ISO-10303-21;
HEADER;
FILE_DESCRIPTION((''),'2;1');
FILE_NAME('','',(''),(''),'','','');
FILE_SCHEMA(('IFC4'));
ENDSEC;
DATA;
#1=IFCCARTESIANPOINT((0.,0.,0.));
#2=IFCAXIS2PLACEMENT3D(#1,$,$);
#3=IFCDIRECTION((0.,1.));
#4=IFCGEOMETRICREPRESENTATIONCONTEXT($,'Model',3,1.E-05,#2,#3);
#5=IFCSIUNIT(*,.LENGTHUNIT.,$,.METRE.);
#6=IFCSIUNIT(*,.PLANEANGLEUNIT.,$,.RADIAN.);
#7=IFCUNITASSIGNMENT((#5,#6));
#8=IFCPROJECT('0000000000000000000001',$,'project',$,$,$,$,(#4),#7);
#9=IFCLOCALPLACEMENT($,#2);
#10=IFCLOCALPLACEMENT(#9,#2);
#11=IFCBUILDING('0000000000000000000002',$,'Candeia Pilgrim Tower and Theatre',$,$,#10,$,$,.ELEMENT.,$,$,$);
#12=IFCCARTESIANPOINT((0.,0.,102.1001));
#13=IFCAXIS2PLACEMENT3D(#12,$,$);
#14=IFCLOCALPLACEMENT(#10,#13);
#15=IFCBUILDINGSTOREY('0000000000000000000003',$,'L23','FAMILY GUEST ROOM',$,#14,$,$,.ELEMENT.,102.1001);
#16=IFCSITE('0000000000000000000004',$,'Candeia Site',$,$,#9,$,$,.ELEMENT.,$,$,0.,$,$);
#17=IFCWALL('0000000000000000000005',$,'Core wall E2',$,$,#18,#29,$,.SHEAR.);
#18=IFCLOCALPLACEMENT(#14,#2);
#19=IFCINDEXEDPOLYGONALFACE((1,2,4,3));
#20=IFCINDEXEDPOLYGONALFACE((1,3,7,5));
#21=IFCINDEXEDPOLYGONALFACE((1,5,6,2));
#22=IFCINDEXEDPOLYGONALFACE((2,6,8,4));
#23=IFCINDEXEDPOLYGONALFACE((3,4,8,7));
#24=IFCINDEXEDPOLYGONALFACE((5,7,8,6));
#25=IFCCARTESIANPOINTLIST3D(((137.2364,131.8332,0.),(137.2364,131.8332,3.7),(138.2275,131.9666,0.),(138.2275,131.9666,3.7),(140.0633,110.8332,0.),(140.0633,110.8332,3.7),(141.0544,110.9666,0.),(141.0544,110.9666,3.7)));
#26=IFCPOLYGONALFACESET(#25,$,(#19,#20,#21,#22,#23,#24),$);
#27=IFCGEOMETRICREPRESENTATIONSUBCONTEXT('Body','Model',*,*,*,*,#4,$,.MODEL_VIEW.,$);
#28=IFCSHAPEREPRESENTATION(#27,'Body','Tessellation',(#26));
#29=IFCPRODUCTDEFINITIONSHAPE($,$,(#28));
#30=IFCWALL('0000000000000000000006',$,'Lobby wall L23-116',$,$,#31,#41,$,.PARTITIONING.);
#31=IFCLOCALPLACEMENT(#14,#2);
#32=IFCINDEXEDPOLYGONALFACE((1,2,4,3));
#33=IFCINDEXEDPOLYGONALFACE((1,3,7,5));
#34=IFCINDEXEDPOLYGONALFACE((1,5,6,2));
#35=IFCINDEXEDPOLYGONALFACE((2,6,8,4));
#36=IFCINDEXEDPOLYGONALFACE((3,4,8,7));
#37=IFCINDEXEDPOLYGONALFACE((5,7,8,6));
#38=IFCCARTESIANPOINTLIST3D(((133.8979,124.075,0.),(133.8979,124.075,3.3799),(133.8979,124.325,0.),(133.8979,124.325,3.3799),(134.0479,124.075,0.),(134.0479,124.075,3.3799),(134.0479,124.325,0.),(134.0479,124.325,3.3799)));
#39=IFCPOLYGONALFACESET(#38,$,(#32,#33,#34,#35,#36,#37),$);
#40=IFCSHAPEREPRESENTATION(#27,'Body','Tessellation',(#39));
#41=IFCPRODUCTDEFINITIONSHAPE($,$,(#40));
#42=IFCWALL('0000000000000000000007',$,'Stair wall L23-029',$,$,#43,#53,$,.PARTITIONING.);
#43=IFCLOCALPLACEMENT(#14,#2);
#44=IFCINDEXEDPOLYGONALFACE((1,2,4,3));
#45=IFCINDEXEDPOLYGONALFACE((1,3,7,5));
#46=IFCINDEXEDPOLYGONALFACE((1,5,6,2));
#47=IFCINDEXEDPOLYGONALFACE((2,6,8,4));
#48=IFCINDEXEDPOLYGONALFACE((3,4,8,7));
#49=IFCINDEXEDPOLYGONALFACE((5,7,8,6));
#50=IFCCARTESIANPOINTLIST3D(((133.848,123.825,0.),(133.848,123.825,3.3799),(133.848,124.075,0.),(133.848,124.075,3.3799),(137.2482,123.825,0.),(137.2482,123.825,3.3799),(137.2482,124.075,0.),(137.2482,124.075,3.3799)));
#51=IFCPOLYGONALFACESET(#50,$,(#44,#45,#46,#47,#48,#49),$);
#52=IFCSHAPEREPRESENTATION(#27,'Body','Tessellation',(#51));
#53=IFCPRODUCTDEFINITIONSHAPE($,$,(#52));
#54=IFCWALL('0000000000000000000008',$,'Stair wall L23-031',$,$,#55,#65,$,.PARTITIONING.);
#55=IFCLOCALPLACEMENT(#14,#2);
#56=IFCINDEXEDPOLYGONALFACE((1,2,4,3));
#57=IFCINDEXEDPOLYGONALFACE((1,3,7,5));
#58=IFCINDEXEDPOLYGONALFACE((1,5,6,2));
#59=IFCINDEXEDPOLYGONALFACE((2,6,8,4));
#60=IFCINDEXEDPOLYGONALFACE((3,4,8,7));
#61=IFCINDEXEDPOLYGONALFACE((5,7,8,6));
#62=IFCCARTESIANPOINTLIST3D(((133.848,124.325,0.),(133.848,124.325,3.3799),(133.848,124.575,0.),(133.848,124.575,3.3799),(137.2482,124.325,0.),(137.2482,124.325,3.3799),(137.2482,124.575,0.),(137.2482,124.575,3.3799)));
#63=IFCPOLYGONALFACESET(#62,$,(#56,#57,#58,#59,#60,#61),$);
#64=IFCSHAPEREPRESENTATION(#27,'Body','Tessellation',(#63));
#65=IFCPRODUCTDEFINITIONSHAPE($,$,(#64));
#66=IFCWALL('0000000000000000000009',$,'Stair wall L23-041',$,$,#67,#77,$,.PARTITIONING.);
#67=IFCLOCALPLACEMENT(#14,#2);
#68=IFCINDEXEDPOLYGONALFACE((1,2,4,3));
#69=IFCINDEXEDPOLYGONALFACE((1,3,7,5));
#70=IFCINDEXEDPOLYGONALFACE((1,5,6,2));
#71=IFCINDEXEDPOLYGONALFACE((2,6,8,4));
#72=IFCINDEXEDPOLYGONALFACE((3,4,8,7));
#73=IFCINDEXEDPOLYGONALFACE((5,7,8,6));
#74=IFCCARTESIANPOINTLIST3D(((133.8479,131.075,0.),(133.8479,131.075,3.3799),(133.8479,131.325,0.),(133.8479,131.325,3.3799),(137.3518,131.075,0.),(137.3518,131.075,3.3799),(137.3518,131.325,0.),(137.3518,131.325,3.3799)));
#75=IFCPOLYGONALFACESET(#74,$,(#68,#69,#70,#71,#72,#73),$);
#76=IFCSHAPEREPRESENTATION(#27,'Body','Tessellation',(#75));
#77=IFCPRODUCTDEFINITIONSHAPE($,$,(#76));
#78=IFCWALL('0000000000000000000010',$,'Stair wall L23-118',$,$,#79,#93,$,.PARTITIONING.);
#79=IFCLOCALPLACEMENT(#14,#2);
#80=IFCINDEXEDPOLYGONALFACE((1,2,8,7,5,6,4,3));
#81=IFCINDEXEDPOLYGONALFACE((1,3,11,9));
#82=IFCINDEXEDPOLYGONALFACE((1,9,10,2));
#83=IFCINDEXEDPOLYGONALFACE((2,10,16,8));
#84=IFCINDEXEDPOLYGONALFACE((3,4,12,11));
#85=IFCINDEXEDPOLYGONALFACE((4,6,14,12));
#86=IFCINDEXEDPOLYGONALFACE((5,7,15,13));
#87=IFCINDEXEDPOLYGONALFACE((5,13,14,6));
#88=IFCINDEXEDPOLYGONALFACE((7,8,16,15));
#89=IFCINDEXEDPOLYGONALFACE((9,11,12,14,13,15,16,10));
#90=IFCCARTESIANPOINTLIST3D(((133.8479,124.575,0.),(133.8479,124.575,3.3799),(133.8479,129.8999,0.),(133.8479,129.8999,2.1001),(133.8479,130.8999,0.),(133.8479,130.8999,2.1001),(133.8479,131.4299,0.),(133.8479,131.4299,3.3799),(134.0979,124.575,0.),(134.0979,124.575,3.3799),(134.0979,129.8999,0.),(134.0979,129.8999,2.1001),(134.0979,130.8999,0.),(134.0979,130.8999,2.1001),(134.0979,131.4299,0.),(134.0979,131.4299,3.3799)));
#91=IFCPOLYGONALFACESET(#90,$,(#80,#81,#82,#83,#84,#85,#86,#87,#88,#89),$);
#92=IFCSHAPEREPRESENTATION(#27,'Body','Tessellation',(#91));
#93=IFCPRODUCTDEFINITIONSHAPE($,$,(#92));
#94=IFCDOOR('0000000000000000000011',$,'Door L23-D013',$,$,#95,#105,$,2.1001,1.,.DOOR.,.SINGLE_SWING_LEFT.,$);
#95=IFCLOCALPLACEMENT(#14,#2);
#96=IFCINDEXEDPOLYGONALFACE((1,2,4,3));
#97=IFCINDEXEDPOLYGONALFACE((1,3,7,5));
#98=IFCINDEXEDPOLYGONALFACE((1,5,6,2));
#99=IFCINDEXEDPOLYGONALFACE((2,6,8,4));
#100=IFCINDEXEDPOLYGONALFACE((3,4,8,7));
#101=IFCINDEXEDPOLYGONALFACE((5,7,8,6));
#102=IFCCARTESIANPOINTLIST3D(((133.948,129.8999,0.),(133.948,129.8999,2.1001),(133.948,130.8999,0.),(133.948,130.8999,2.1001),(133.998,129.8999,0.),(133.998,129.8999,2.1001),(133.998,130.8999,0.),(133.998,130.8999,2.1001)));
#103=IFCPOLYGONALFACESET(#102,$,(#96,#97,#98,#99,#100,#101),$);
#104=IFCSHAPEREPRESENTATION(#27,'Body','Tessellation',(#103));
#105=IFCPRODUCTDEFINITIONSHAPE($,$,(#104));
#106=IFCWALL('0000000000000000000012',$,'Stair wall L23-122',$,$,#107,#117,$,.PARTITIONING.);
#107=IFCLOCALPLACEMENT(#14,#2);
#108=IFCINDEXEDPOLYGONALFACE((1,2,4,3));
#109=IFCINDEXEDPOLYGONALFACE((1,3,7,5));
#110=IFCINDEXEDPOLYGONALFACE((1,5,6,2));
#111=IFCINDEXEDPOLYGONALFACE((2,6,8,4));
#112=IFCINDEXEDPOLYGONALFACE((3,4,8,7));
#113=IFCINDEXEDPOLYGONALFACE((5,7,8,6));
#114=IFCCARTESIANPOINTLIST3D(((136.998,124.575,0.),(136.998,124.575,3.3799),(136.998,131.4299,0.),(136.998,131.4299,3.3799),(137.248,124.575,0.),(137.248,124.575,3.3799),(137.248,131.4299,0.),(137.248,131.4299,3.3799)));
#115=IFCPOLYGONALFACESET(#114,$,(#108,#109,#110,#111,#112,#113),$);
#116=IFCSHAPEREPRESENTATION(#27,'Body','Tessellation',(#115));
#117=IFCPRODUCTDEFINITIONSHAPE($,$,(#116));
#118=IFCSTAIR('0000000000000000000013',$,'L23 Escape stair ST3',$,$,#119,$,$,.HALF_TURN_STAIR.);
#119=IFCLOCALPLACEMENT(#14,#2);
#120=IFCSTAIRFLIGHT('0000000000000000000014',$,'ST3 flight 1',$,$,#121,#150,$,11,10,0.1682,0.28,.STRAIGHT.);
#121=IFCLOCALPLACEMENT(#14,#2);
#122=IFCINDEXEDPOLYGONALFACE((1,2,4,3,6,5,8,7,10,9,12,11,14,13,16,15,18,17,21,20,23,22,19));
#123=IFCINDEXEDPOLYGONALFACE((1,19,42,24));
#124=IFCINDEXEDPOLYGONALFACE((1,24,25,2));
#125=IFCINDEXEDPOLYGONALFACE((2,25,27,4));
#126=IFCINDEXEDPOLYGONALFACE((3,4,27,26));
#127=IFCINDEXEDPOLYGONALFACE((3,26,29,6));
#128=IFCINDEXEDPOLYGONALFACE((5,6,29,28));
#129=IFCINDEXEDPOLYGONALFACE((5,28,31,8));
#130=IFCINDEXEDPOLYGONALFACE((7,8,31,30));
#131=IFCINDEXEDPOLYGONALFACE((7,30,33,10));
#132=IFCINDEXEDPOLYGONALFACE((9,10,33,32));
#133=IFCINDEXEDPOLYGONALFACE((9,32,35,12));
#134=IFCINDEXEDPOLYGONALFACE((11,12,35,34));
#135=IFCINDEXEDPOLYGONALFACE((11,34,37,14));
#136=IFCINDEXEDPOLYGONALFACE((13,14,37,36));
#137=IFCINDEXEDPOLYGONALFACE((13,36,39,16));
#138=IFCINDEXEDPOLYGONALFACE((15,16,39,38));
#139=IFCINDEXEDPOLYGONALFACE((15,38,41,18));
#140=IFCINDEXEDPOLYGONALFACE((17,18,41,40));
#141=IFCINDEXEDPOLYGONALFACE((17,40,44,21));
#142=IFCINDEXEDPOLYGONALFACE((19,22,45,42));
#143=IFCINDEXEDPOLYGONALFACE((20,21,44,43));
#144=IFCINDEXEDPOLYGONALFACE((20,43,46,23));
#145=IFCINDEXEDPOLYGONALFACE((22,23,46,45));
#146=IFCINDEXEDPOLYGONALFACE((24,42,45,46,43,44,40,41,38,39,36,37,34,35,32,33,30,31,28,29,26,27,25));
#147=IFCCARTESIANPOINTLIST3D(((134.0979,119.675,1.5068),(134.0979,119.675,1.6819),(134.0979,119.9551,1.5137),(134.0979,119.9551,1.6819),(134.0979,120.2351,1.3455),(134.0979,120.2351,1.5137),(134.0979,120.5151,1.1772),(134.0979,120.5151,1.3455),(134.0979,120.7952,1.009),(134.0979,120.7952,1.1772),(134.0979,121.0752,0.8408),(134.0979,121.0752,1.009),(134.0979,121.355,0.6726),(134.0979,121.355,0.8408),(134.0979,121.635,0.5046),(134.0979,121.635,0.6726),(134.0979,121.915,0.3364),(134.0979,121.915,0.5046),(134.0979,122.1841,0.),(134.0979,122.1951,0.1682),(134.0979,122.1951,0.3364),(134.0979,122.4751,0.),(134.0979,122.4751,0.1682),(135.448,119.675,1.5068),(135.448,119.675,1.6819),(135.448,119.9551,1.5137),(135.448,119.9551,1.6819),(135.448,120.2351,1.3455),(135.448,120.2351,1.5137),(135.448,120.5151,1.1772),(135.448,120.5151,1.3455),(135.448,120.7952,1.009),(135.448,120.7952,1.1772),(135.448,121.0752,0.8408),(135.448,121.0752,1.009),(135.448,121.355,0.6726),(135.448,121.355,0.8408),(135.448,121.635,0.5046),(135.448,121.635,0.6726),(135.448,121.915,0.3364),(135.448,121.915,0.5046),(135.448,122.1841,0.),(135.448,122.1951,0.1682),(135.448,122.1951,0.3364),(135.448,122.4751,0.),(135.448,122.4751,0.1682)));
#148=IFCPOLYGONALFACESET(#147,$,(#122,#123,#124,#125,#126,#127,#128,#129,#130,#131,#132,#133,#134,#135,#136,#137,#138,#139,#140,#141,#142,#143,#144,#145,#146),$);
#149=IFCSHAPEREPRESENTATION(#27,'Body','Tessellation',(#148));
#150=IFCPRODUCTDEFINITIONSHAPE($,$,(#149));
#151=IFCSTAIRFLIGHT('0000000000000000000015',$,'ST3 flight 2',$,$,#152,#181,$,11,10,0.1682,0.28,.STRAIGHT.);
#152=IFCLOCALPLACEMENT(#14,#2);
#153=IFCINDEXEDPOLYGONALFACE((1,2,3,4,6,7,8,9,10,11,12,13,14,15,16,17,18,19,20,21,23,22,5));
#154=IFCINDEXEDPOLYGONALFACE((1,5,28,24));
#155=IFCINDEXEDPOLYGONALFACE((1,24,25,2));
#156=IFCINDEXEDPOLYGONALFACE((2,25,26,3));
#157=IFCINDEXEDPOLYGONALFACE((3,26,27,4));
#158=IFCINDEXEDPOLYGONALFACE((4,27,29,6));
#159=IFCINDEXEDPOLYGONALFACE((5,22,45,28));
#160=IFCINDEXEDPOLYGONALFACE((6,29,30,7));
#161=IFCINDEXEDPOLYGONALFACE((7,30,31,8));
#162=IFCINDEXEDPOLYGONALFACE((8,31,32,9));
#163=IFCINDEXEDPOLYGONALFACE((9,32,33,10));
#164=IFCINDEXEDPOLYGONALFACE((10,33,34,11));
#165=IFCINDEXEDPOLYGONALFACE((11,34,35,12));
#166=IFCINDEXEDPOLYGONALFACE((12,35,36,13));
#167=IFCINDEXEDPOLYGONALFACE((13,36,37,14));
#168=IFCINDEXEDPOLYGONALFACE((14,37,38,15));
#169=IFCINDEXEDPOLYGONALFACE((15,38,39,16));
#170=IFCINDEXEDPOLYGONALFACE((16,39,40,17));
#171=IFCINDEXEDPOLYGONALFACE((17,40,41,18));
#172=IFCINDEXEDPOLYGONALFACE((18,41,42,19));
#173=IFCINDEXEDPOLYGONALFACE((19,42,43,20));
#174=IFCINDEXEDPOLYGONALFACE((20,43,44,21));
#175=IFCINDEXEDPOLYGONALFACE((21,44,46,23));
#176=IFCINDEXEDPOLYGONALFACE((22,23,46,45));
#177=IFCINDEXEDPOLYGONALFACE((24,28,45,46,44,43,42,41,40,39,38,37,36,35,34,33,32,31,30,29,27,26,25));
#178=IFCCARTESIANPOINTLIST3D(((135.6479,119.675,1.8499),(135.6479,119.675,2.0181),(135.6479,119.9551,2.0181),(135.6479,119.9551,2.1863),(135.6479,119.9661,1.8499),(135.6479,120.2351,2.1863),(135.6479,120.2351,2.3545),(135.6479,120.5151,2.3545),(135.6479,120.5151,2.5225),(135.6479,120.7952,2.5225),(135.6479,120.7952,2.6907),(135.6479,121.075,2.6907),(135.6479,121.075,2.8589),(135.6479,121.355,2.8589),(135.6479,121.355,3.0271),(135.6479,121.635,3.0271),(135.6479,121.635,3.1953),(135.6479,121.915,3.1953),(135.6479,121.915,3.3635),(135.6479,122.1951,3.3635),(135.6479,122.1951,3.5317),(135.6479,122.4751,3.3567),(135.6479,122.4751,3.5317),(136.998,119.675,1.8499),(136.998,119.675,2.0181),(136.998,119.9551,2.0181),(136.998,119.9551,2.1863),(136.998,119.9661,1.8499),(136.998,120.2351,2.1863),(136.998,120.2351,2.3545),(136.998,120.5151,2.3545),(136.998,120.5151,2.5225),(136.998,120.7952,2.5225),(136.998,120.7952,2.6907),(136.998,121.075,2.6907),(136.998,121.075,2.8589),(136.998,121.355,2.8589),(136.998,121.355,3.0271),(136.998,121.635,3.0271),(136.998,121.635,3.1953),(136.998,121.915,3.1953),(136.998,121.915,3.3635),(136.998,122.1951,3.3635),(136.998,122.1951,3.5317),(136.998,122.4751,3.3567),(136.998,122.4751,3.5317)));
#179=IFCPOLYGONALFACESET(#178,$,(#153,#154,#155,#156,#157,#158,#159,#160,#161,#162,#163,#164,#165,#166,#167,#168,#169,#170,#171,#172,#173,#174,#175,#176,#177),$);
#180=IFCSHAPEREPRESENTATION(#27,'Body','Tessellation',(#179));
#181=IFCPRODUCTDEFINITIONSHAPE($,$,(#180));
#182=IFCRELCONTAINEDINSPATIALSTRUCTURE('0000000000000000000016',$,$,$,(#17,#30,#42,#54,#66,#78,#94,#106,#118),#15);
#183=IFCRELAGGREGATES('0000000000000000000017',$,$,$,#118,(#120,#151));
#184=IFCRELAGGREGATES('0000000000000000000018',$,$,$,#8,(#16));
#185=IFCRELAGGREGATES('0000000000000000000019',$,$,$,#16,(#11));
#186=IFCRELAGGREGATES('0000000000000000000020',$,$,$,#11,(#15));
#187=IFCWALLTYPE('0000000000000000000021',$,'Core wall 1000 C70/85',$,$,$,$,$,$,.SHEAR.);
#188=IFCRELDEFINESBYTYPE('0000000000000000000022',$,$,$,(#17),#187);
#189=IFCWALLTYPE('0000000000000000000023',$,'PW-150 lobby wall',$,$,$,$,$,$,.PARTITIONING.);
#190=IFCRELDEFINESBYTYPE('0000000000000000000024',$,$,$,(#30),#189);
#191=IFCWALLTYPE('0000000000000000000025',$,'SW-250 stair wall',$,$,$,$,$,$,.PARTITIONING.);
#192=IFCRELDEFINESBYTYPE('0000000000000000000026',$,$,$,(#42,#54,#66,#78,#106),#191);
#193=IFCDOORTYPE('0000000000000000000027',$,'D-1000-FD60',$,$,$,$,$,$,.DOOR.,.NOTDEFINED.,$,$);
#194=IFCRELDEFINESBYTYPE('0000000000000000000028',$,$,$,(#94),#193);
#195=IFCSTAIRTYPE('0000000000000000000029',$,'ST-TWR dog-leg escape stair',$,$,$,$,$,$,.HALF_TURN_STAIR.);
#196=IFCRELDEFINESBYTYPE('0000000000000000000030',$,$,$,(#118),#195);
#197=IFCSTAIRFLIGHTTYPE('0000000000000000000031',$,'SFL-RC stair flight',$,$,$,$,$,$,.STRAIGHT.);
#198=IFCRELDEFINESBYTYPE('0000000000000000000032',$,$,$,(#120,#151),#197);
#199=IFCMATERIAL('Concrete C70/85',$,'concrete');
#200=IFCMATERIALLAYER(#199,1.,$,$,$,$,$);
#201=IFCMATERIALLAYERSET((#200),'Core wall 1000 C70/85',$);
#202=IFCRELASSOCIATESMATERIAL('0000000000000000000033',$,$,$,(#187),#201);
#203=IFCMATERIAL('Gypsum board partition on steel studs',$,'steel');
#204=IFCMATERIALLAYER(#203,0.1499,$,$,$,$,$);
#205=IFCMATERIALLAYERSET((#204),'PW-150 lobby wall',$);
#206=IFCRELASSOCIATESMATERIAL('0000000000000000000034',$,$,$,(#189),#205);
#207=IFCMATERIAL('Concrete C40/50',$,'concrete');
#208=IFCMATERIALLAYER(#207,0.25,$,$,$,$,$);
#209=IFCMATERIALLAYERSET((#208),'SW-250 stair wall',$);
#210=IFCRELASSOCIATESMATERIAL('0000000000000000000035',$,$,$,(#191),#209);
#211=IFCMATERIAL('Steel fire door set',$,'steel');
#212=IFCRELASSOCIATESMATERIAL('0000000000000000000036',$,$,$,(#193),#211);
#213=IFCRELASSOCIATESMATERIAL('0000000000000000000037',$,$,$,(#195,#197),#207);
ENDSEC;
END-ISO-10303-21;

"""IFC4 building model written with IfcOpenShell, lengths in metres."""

from ifc_helpers import new_model, si_unit, direction, frame, frame_2d, origin, place, context, subcontext, project, spatial, polyline, rectangle, outline, extrude, material, layer, layer_set, type_object, element, fill, aggregate, save


model = new_model("IFC4")

# Units and contexts
model_context = context("Model", 3, precision=1e-05, world=origin(), true_north=direction((0.0, 1.0)))
body_context = subcontext(model_context, "Body", "Model", "MODEL_VIEW")
ifc_project = project(units=[si_unit("LENGTHUNIT", "METRE"), si_unit("PLANEANGLEUNIT", "RADIAN")], contexts=[model_context])

# Site, building, storey
site_placement = place(None, origin())
site = spatial("IfcSite", under=ifc_project, at=site_placement, Name="Candeia Site", CompositionType="ELEMENT", RefElevation=0.0)
building_placement = place(site_placement, origin())
building = spatial("IfcBuilding", under=site, at=building_placement, Name="Candeia Pilgrim Tower and Theatre", CompositionType="ELEMENT")
storey_placement = place(building_placement, frame((0.0, 0.0, 102.1001)))
storey = spatial("IfcBuildingStorey", under=building, at=storey_placement, Name="L23", Description="FAMILY GUEST ROOM", CompositionType="ELEMENT", Elevation=102.1001)

# Walls
ifc_material_1 = material(Name="Concrete C70/85", Category="concrete")
ifc_layer_1 = layer(ifc_material_1, 1.0)
ifc_layer_set_1 = layer_set([ifc_layer_1], Name="Core wall 1000 C70/85")
wall_type_1 = type_object("IfcWallType", Name="Core wall 1000 C70/85", PredefinedType="SHEAR", material=ifc_layer_set_1)
wall_1_placement = place(storey_placement, frame((137.7319, 131.8999, 0.0), z_axis=(0.0, 0.0, 1.0), x_axis=(0.133411, -0.991061, 0.0)))
element("IfcWall", 1, at=wall_1_placement, inside=storey, type_object=wall_type_1, Name="Core wall E2", PredefinedType="SHEAR", context=body_context, shape_type="SweptSolid", body=[
    extrude(rectangle(XDim=21.1895, YDim=1.0, at=frame_2d((10.5947, 0.0))), origin(), (0.0, 0.0, 1.0), 3.7),
])
ifc_material_2 = material(Name="Gypsum board partition on steel studs", Category="steel")
ifc_layer_2 = layer(ifc_material_2, 0.1499)
ifc_layer_set_2 = layer_set([ifc_layer_2], Name="PW-150 lobby wall")
wall_type_2 = type_object("IfcWallType", Name="PW-150 lobby wall", PredefinedType="PARTITIONING", material=ifc_layer_set_2)
wall_2_placement = place(storey_placement, frame((133.9729, 124.075, 0.0), z_axis=(0.0, 0.0, 1.0), x_axis=(0.0, 1.0, 0.0)))
element("IfcWall", 2, at=wall_2_placement, inside=storey, type_object=wall_type_2, Name="Lobby wall L23-116", PredefinedType="PARTITIONING", context=body_context, shape_type="SweptSolid", body=[
    extrude(rectangle(XDim=0.25, YDim=0.1499, at=frame_2d((0.125, 0.0))), origin(), (0.0, 0.0, 1.0), 3.3799),
])
ifc_material_3 = material(Name="Concrete C40/50", Category="concrete")
ifc_layer_3 = layer(ifc_material_3, 0.25)
ifc_layer_set_3 = layer_set([ifc_layer_3], Name="SW-250 stair wall")
wall_type_3 = type_object("IfcWallType", Name="SW-250 stair wall", PredefinedType="PARTITIONING", material=ifc_layer_set_3)
for number, where, z_axis, x_axis, name in (
    (3, (133.8479, 123.95, 0.0), (0.0, 0.0, 1.0), (1.0, 0.0, 0.0), "Stair wall L23-029"),
    (4, (133.8479, 124.45, 0.0), (0.0, 0.0, 1.0), (1.0, 0.0, 0.0), "Stair wall L23-031"),
):
    element("IfcWall", number, at=place(storey_placement, frame(where, z_axis=z_axis, x_axis=x_axis)), inside=storey, type_object=wall_type_3, Name=name, PredefinedType="PARTITIONING", context=body_context, shape_type="SweptSolid", body=[
        extrude(rectangle(XDim=3.4001, YDim=0.25, at=frame_2d((1.7002, 0.0))), origin(), (0.0, 0.0, 1.0), 3.3799),
    ])
wall_3_placement = place(storey_placement, frame((133.8479, 131.2, 0.0), z_axis=(0.0, 0.0, 1.0), x_axis=(1.0, 0.0, 0.0)))
element("IfcWall", 5, at=wall_3_placement, inside=storey, type_object=wall_type_3, Name="Stair wall L23-041", PredefinedType="PARTITIONING", context=body_context, shape_type="SweptSolid", body=[
    extrude(rectangle(XDim=3.5039, YDim=0.25, at=frame_2d((1.752, 0.0))), origin(), (0.0, 0.0, 1.0), 3.3799),
])

# Wall, opening, door
wall_4_placement = place(storey_placement, frame((133.9729, 124.575, 0.0), z_axis=(0.0, 0.0, 1.0), x_axis=(0.0, 1.0, 0.0)))
wall_4 = element("IfcWall", 6, at=wall_4_placement, inside=storey, type_object=wall_type_3, Name="Stair wall L23-118", PredefinedType="PARTITIONING", context=body_context, shape_type="SweptSolid", body=[
    extrude(rectangle(XDim=6.855, YDim=0.25, at=frame_2d((3.4275, 0.0))), origin(), (0.0, 0.0, 1.0), 3.3799),
])
opening_placement = place(wall_4_placement, frame((5.325, 0.0, 0.0)))
opening = element("IfcOpeningElement", 7, at=opening_placement, cuts=wall_4, PredefinedType="OPENING", context=body_context, shape_type="SweptSolid", body=[
    extrude(rectangle(XDim=1.0, YDim=2.1001, at=frame_2d((0.5, 1.05))), frame((0.0, 0.135, 0.0), z_axis=(0.0, -1.0, 0.0), x_axis=(1.0, 0.0, 0.0)), (0.0, 0.0, 1.0), 0.27),
])
ifc_material_4 = material(Name="Steel fire door set", Category="steel")
door_type = type_object("IfcDoorType", Name="D-1000-FD60", OperationType="NOTDEFINED", PredefinedType="DOOR", material=ifc_material_4)
door_placement = place(opening_placement, origin())
door = element("IfcDoor", 8, at=door_placement, inside=storey, type_object=door_type, Name="Door L23-D013", OperationType="SINGLE_SWING_LEFT", OverallHeight=2.1001, OverallWidth=1.0, PredefinedType="DOOR", context=body_context, shape_type="SweptSolid", body=[
    extrude(rectangle(XDim=1.0, YDim=2.1001, at=frame_2d((0.5, 1.05))), frame((0.0, 0.0249, 0.0), z_axis=(0.0, -1.0, 0.0), x_axis=(1.0, 0.0, 0.0)), (0.0, 0.0, 1.0), 0.05),
])
fill(opening, door)

# Wall
wall_5_placement = place(storey_placement, frame((137.123, 124.575, 0.0), z_axis=(0.0, 0.0, 1.0), x_axis=(0.0, 1.0, 0.0)))
element("IfcWall", 9, at=wall_5_placement, inside=storey, type_object=wall_type_3, Name="Stair wall L23-122", PredefinedType="PARTITIONING", context=body_context, shape_type="SweptSolid", body=[
    extrude(rectangle(XDim=6.855, YDim=0.25, at=frame_2d((3.4275, 0.0))), origin(), (0.0, 0.0, 1.0), 3.3799),
])

# Stair, stair flights
stair_type = type_object("IfcStairType", Name="ST-TWR dog-leg escape stair", PredefinedType="HALF_TURN_STAIR", material=ifc_material_3)
stair_1_placement = place(storey_placement, origin())
stair_1 = element("IfcStair", 10, at=stair_1_placement, inside=storey, type_object=stair_type, Name="L23 Escape stair ST3", PredefinedType="HALF_TURN_STAIR")
stair_flight_type = type_object("IfcStairFlightType", Name="SFL-RC stair flight", PredefinedType="STRAIGHT", material=ifc_material_3)
stair_flight_1_placement = place(storey_placement, frame((134.7729, 122.4751, 0.0), z_axis=(0.0, 0.0, 1.0), x_axis=(0.0, -1.0, 0.0)))
stair_flight_1 = element("IfcStairFlight", 11, at=stair_flight_1_placement, type_object=stair_flight_type, Name="ST3 flight 1", NumberOfRisers=11, NumberOfTreads=10, PredefinedType="STRAIGHT", RiserHeight=0.1682, TreadLength=0.28, context=body_context, shape_type="SweptSolid", body=[
    extrude(outline(polyline([(0.0, 0.0), (0.0, 0.1682), (0.28, 0.1682), (0.28, 0.3364), (0.5601, 0.3364), (0.5601, 0.5046), (0.8401, 0.5046), (0.8401, 0.6726), (1.1201, 0.6726), (1.1201, 0.8408), (1.3999, 0.8408), (1.3999, 1.009), (1.6799, 1.009), (1.6799, 1.1772), (1.96, 1.1772), (1.96, 1.3455), (2.24, 1.3455), (2.24, 1.5137), (2.52, 1.5137), (2.52, 1.6819), (2.8, 1.6819), (2.8, 1.8501), (2.8, 1.5068), (0.291, 0.0), (0.0, 0.0)])), frame((0.0, 0.675, 0.0), z_axis=(0.0, -1.0, 0.0), x_axis=(1.0, 0.0, 0.0)), (0.0, 0.0, 1.0), 1.3501),
])
stair_flight_2_placement = place(storey_placement, frame((136.323, 119.675, 1.8499), z_axis=(0.0, 0.0, 1.0), x_axis=(0.0, 1.0, 0.0)))
stair_flight_2 = element("IfcStairFlight", 12, at=stair_flight_2_placement, type_object=stair_flight_type, Name="ST3 flight 2", NumberOfRisers=11, NumberOfTreads=10, PredefinedType="STRAIGHT", RiserHeight=0.1682, TreadLength=0.28, context=body_context, shape_type="SweptSolid", body=[
    extrude(outline(polyline([(0.0, 0.0), (0.0, 0.1682), (0.28, 0.1682), (0.28, 0.3364), (0.5601, 0.3364), (0.5601, 0.5046), (0.8401, 0.5046), (0.8401, 0.6726), (1.1201, 0.6726), (1.1201, 0.8408), (1.3999, 0.8408), (1.3999, 1.009), (1.6799, 1.009), (1.6799, 1.1772), (1.96, 1.1772), (1.96, 1.3455), (2.24, 1.3455), (2.24, 1.5137), (2.52, 1.5137), (2.52, 1.6819), (2.8, 1.6819), (2.8, 1.8501), (2.8, 1.5068), (0.291, 0.0), (0.0, 0.0)])), frame((0.0, 0.675, 0.0), z_axis=(0.0, -1.0, 0.0), x_axis=(1.0, 0.0, 0.0)), (0.0, 0.0, 1.0), 1.3501),
])
aggregate(stair_1, [stair_flight_1, stair_flight_2])

save(model, "model.ifc")
